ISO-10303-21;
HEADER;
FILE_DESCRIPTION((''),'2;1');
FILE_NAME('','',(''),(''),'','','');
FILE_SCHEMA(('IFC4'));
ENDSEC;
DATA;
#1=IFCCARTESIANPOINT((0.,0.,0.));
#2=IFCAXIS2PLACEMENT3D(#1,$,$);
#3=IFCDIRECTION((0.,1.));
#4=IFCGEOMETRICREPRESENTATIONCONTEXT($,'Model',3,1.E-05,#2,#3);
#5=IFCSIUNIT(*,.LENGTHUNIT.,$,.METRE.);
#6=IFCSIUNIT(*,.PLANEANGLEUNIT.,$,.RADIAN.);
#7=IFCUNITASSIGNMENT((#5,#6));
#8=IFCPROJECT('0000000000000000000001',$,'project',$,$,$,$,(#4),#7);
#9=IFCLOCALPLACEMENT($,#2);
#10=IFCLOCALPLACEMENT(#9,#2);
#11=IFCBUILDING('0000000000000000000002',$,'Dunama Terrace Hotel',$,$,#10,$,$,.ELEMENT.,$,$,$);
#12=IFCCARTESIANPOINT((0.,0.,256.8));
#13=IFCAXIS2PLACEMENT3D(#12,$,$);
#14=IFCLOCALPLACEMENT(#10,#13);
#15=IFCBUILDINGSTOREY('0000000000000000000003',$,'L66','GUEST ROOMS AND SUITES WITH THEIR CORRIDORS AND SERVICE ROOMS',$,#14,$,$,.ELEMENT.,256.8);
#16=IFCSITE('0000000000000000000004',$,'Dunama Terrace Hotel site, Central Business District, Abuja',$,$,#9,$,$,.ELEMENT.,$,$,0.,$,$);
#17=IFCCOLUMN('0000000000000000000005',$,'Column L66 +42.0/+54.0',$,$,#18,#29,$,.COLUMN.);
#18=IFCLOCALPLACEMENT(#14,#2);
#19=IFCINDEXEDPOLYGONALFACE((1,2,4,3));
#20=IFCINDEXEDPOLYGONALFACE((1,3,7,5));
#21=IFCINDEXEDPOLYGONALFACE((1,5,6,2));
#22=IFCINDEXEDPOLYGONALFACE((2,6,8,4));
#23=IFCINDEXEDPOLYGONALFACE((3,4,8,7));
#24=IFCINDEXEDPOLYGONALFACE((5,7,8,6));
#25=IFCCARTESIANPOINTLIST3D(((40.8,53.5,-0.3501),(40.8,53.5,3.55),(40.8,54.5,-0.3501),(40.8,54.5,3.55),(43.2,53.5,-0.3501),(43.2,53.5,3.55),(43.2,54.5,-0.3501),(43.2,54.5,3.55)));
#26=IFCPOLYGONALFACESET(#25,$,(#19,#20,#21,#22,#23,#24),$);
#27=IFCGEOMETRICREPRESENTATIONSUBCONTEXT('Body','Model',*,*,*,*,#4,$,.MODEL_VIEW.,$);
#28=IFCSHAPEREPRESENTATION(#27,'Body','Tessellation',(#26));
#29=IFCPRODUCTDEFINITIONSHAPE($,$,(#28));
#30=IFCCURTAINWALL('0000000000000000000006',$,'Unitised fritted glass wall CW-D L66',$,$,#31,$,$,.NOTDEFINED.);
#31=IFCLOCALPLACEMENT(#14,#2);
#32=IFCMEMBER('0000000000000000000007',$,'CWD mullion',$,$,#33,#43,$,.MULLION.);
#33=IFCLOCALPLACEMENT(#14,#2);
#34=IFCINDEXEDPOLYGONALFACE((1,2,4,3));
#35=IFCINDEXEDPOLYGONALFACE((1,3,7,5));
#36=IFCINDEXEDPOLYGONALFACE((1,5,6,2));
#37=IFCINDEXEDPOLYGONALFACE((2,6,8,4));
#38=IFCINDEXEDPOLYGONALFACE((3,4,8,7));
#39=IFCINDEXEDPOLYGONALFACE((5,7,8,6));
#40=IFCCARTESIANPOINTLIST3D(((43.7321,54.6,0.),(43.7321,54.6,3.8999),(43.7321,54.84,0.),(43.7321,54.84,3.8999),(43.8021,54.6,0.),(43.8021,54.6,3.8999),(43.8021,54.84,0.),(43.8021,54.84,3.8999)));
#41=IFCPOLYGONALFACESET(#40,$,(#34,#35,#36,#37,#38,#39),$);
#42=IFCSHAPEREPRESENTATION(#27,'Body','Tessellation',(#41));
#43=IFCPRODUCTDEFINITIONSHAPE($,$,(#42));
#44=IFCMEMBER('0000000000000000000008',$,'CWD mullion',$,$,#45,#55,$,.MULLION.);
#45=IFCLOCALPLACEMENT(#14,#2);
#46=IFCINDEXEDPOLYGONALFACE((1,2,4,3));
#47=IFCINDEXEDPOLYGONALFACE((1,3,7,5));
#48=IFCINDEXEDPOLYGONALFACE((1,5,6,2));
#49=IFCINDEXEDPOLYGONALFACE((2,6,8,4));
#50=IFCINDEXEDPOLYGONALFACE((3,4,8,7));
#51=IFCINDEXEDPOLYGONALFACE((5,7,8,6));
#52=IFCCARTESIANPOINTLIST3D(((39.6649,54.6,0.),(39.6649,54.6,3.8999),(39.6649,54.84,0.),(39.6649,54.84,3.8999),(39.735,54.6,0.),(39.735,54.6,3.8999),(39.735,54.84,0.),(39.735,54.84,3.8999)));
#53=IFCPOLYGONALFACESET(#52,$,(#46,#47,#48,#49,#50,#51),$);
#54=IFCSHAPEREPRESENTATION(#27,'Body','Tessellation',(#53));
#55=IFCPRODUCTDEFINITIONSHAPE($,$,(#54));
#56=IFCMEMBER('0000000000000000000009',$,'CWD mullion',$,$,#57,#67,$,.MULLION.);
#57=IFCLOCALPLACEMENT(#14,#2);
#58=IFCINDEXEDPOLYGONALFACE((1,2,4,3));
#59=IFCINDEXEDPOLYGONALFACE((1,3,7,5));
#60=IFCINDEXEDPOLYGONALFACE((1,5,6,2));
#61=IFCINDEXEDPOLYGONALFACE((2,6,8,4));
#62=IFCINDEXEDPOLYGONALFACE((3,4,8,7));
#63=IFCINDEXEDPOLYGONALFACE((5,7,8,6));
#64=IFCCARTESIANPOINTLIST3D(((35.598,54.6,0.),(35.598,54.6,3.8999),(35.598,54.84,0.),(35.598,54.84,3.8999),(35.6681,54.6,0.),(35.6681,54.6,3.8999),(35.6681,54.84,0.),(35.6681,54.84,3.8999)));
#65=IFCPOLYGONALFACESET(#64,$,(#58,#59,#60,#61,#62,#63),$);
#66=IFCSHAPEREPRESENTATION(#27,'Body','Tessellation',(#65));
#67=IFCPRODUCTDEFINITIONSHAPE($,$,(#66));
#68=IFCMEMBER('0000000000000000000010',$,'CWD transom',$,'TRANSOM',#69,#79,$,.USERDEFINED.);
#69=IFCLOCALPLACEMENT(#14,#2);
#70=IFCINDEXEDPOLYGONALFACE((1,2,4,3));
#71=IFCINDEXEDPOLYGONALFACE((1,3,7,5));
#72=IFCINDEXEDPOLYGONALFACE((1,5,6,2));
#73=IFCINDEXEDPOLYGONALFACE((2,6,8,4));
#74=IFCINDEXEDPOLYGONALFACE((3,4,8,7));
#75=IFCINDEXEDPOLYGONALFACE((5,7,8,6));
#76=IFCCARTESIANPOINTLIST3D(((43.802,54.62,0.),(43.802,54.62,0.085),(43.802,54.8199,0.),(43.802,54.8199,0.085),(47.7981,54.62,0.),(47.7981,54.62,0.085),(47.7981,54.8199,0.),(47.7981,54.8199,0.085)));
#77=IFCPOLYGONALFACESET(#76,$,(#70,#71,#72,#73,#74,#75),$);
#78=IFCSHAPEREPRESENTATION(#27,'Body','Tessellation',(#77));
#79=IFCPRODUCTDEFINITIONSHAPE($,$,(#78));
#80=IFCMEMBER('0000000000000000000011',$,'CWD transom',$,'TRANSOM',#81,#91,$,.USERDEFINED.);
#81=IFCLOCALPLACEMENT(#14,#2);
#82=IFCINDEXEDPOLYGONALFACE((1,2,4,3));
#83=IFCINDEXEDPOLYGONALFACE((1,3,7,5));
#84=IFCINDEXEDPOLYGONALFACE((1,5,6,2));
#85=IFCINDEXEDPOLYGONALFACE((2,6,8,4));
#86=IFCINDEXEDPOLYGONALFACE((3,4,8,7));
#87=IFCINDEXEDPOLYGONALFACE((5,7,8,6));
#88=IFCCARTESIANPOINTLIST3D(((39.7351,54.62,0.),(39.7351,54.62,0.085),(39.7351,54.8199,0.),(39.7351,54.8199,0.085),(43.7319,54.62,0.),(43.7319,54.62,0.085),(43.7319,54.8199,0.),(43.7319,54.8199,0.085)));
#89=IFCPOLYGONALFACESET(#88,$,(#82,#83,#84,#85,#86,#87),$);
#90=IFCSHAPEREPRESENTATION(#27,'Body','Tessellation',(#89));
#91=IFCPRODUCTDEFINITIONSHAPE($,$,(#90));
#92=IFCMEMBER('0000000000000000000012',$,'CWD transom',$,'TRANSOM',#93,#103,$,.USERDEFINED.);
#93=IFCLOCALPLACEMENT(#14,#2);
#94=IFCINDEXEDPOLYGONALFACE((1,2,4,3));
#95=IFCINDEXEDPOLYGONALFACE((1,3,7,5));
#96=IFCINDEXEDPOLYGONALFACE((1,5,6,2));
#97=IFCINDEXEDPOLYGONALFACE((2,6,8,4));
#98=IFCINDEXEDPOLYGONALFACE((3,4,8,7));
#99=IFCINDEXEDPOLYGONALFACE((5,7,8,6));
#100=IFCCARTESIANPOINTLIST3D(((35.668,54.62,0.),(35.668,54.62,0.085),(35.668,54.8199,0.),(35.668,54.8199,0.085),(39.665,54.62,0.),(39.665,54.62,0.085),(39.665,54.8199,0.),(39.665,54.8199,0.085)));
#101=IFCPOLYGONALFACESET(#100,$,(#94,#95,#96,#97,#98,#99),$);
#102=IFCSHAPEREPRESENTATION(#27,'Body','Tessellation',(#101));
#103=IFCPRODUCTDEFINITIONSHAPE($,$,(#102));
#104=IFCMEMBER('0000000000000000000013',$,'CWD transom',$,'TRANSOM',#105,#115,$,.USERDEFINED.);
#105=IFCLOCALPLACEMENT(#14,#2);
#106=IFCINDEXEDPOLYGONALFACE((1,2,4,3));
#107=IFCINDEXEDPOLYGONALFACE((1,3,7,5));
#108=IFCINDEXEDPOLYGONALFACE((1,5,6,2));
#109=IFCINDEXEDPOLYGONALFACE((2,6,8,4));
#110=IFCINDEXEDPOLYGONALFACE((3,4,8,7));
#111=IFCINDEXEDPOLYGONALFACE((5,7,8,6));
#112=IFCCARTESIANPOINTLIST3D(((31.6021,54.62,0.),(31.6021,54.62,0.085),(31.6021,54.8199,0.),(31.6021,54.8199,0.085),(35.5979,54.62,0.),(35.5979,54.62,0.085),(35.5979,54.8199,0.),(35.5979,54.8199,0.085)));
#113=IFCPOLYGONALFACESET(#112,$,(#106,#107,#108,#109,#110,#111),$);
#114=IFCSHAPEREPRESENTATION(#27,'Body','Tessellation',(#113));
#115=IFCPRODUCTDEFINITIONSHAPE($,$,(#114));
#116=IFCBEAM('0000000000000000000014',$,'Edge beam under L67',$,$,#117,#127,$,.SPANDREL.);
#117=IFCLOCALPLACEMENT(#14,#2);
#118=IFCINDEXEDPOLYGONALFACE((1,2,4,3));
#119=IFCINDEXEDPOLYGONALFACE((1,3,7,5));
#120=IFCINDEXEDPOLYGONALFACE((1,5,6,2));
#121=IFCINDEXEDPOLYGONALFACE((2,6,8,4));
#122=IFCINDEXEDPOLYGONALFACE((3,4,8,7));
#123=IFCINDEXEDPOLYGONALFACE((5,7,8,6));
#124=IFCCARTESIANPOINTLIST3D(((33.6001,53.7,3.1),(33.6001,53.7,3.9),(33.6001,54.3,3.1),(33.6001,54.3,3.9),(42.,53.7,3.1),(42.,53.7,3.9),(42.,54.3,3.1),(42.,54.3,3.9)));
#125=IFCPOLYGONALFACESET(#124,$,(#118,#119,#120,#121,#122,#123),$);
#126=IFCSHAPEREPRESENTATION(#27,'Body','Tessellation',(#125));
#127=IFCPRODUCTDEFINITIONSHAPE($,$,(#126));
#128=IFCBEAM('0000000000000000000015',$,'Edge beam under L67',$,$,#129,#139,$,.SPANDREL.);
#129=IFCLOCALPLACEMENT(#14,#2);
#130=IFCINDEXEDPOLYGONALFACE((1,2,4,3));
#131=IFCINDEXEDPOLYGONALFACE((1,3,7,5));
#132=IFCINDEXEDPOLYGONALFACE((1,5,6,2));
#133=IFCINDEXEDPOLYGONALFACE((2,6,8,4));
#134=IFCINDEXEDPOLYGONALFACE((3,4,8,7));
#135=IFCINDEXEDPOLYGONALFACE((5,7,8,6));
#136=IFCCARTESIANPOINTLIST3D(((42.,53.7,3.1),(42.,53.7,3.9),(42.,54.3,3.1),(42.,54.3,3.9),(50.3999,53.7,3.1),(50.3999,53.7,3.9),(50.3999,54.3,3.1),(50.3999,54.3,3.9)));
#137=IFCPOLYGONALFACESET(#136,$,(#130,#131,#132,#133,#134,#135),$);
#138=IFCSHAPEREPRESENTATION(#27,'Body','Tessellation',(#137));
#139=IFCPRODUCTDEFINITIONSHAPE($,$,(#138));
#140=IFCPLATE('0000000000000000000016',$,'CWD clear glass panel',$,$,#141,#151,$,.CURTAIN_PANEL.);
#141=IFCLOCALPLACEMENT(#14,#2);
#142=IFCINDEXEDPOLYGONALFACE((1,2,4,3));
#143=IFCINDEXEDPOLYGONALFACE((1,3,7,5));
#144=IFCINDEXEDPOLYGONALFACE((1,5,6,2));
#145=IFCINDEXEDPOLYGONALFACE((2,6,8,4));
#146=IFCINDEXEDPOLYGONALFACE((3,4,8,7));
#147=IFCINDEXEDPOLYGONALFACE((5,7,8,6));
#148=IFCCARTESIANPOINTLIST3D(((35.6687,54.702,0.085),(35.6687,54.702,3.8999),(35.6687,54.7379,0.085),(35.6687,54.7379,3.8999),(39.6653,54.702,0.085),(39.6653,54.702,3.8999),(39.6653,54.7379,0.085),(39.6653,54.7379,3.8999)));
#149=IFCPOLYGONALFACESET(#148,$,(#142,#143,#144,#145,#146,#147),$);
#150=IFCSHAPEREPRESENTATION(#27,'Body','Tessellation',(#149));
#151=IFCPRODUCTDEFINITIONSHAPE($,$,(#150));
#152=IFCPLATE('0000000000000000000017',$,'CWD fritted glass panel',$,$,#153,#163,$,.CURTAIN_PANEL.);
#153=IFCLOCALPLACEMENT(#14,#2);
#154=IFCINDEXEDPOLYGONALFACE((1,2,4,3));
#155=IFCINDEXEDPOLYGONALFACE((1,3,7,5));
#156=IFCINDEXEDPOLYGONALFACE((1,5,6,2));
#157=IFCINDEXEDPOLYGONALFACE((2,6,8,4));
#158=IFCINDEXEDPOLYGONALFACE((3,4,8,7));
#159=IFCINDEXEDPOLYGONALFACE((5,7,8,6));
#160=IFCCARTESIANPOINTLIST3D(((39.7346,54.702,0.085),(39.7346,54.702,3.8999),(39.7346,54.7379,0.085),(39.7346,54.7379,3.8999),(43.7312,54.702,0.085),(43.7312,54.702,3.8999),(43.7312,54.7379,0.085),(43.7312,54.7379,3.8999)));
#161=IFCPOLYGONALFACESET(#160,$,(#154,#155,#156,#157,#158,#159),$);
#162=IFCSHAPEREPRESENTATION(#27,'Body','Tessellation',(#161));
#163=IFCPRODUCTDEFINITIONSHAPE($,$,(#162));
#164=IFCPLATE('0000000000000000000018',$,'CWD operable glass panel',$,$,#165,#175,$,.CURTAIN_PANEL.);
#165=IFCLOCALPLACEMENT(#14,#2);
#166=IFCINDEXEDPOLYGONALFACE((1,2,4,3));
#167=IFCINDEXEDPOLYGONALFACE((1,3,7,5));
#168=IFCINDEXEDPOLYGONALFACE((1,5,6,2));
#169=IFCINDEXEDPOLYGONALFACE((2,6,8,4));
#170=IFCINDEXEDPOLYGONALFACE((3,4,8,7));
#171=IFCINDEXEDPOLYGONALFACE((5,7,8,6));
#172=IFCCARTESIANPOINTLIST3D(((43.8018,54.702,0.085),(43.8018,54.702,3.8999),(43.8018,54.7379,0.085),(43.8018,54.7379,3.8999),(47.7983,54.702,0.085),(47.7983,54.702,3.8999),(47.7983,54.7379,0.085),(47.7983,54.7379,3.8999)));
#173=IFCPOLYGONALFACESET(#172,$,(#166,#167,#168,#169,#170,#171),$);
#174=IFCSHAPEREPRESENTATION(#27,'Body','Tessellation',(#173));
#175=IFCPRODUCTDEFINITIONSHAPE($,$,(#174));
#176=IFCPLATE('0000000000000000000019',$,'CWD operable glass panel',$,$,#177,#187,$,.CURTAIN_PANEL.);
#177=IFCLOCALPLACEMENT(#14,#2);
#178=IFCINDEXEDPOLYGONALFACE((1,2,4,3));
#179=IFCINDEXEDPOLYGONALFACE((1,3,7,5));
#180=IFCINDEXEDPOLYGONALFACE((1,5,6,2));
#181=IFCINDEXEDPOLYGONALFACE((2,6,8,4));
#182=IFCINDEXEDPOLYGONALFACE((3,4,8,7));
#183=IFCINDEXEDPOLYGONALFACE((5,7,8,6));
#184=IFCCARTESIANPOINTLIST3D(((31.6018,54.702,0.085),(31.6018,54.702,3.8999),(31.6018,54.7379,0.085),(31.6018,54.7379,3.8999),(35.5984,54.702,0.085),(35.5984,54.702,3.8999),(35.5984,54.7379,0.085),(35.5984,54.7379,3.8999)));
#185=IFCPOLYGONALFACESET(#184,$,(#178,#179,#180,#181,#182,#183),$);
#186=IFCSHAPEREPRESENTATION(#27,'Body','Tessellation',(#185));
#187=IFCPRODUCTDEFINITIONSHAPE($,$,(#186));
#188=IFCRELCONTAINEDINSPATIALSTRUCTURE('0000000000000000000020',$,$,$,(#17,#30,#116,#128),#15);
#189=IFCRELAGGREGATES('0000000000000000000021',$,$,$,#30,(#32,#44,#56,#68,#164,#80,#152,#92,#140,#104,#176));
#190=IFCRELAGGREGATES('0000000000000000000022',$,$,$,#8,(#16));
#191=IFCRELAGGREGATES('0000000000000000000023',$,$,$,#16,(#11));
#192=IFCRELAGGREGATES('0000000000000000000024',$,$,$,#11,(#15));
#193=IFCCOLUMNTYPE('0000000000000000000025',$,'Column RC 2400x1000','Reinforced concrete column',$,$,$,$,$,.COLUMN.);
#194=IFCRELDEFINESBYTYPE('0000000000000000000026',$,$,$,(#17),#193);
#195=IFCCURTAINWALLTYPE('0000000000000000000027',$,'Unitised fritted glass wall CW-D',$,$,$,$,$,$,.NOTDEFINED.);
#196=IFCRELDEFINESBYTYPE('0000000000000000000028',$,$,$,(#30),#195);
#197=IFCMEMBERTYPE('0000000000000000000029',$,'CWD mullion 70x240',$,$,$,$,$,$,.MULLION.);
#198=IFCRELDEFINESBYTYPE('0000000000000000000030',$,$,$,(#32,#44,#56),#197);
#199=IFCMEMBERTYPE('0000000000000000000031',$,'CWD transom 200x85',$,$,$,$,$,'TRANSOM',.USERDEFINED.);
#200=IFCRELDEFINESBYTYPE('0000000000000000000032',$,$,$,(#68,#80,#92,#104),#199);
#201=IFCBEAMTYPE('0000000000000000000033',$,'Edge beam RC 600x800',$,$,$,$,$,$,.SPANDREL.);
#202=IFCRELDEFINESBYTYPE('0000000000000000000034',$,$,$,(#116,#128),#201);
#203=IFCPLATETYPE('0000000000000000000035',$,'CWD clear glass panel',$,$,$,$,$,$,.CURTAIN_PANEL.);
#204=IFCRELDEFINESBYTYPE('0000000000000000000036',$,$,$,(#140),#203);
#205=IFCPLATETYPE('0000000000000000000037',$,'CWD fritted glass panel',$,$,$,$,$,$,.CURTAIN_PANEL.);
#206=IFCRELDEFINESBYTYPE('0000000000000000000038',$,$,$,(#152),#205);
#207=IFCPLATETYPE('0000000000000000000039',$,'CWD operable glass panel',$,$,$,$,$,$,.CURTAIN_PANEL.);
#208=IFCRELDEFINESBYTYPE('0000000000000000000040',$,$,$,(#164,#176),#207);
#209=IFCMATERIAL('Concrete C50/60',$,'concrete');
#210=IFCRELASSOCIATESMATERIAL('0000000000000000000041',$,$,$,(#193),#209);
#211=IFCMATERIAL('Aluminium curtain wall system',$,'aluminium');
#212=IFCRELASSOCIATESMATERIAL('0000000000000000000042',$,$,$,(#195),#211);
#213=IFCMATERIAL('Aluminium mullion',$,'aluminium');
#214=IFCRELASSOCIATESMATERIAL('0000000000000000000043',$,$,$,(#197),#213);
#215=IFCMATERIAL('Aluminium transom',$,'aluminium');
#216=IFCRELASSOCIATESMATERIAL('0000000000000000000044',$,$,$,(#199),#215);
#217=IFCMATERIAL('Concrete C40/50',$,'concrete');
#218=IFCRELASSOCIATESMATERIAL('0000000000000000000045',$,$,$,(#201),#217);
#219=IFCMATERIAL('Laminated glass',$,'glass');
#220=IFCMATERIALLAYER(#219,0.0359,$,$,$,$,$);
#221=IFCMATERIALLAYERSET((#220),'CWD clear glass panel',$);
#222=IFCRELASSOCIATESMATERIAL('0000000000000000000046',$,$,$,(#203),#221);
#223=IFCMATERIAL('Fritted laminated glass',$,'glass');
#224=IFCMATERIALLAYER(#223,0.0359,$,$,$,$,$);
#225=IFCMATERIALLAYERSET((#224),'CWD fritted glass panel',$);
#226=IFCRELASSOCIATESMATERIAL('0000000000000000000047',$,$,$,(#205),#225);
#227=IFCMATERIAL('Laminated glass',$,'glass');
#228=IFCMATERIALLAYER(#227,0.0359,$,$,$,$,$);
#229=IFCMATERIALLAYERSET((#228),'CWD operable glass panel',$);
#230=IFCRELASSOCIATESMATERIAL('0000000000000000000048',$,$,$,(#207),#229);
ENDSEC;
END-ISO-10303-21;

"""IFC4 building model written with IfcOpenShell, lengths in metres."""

from ifc_helpers import new_model, si_unit, direction, frame, origin, origin_2d, place, context, subcontext, project, spatial, rectangle, extrude, material, layer, layer_set, material_profile, profile_set, type_object, element, aggregate, save


model = new_model("IFC4")

# Units and contexts
model_context = context("Model", 3, precision=1e-05, world=origin(), true_north=direction((0.0, 1.0)))
body_context = subcontext(model_context, "Body", "Model", "MODEL_VIEW")
ifc_project = project(units=[si_unit("LENGTHUNIT", "METRE"), si_unit("PLANEANGLEUNIT", "RADIAN")], contexts=[model_context])

# Site, building, storey
site_placement = place(None, origin())
site = spatial("IfcSite", under=ifc_project, at=site_placement, Name="Dunama Terrace Hotel site, Central Business District, Abuja", CompositionType="ELEMENT", RefElevation=0.0)
building_placement = place(site_placement, origin())
building = spatial("IfcBuilding", under=site, at=building_placement, Name="Dunama Terrace Hotel", CompositionType="ELEMENT")
storey_placement = place(building_placement, frame((0.0, 0.0, 256.8)))
storey = spatial("IfcBuildingStorey", under=building, at=storey_placement, Name="L66", Description="GUEST ROOMS AND SUITES WITH THEIR CORRIDORS AND SERVICE ROOMS", CompositionType="ELEMENT", Elevation=256.8)

# Column
ifc_material_1 = material(Name="Concrete C50/60", Category="concrete")
ifc_material_profile_1 = material_profile(ifc_material_1, rectangle(XDim=2.3999, YDim=1.0, at=origin_2d()), Name="RC 2400x1000")
ifc_profile_set_1 = profile_set([ifc_material_profile_1], Name="Concrete C50/60")
column_type = type_object("IfcColumnType", Name="Column RC 2400x1000", Description="Reinforced concrete column", PredefinedType="COLUMN", material=ifc_profile_set_1)
column_placement = place(storey_placement, frame((42.0, 54.0, -0.3501), z_axis=(0.0, 0.0, 1.0), x_axis=(1.0, 0.0, 0.0)))
element("IfcColumn", 1, at=column_placement, inside=storey, type_object=column_type, Name="Column L66 +42.0/+54.0", PredefinedType="COLUMN", context=body_context, shape_type="SweptSolid", body=[
    extrude(rectangle(XDim=2.3999, YDim=1.0, at=origin_2d()), origin(), (0.0, 0.0, 1.0), 3.9001),
])

# Curtain wall, members
ifc_material_2 = material(Name="Aluminium curtain wall system", Category="aluminium")
curtain_wall_type = type_object("IfcCurtainWallType", Name="Unitised fritted glass wall CW-D", PredefinedType="NOTDEFINED", material=ifc_material_2)
curtain_wall_placement = place(storey_placement, origin())
curtain_wall = element("IfcCurtainWall", 2, at=curtain_wall_placement, inside=storey, type_object=curtain_wall_type, Name="Unitised fritted glass wall CW-D L66", PredefinedType="NOTDEFINED")
ifc_material_3 = material(Name="Aluminium mullion", Category="aluminium")
ifc_material_profile_2 = material_profile(ifc_material_3, rectangle(XDim=0.0701, YDim=0.24, at=origin_2d()), Name="CWD MULLION 70X240")
ifc_profile_set_2 = profile_set([ifc_material_profile_2], Name="Aluminium mullion")
member_type_1 = type_object("IfcMemberType", Name="CWD mullion 70x240", PredefinedType="MULLION", material=ifc_profile_set_2)
member_1_placement = place(storey_placement, frame((43.7671, 54.72, 0.0), z_axis=(0.0, 0.0, 1.0), x_axis=(-1.0, 0.0, 0.0)))
member_1 = element("IfcMember", 3, at=member_1_placement, type_object=member_type_1, Name="CWD mullion", PredefinedType="MULLION", context=body_context, shape_type="SweptSolid", body=[
    extrude(rectangle(XDim=0.0701, YDim=0.24, at=origin_2d()), origin(), (0.0, 0.0, 1.0), 3.8999),
])
member_2_placement = place(storey_placement, frame((39.7, 54.72, 0.0), z_axis=(0.0, 0.0, 1.0), x_axis=(-1.0, 0.0, 0.0)))
member_2 = element("IfcMember", 4, at=member_2_placement, type_object=member_type_1, Name="CWD mullion", PredefinedType="MULLION", context=body_context, shape_type="SweptSolid", body=[
    extrude(rectangle(XDim=0.0701, YDim=0.24, at=origin_2d()), origin(), (0.0, 0.0, 1.0), 3.8999),
])
member_3_placement = place(storey_placement, frame((35.6331, 54.72, 0.0), z_axis=(0.0, 0.0, 1.0), x_axis=(-1.0, 0.0, 0.0)))
member_3 = element("IfcMember", 5, at=member_3_placement, type_object=member_type_1, Name="CWD mullion", PredefinedType="MULLION", context=body_context, shape_type="SweptSolid", body=[
    extrude(rectangle(XDim=0.0701, YDim=0.24, at=origin_2d()), origin(), (0.0, 0.0, 1.0), 3.8999),
])
ifc_material_4 = material(Name="Aluminium transom", Category="aluminium")
ifc_material_profile_3 = material_profile(ifc_material_4, rectangle(XDim=0.2, YDim=0.085, at=origin_2d()), Name="CWD TRANSOM 200X85")
ifc_profile_set_3 = profile_set([ifc_material_profile_3], Name="Aluminium transom")
member_type_2 = type_object("IfcMemberType", Name="CWD transom 200x85", ElementType="TRANSOM", PredefinedType="USERDEFINED", material=ifc_profile_set_3)
member_4_placement = place(storey_placement, frame((47.7981, 54.72, 0.0425), z_axis=(-1.0, 0.0, 0.0), x_axis=(0.0, -1.0, 0.0)))
member_4 = element("IfcMember", 6, at=member_4_placement, type_object=member_type_2, Name="CWD transom", ObjectType="TRANSOM", PredefinedType="USERDEFINED", context=body_context, shape_type="SweptSolid", body=[
    extrude(rectangle(XDim=0.2, YDim=0.085, at=origin_2d()), origin(), (0.0, 0.0, 1.0), 3.9961),
])
member_5_placement = place(storey_placement, frame((43.7319, 54.72, 0.0425), z_axis=(-1.0, 0.0, 0.0), x_axis=(0.0, -1.0, 0.0)))
member_5 = element("IfcMember", 7, at=member_5_placement, type_object=member_type_2, Name="CWD transom", ObjectType="TRANSOM", PredefinedType="USERDEFINED", context=body_context, shape_type="SweptSolid", body=[
    extrude(rectangle(XDim=0.2, YDim=0.085, at=origin_2d()), origin(), (0.0, 0.0, 1.0), 3.9968),
])
member_6_placement = place(storey_placement, frame((39.665, 54.72, 0.0425), z_axis=(-1.0, 0.0, 0.0), x_axis=(0.0, -1.0, 0.0)))
member_6 = element("IfcMember", 8, at=member_6_placement, type_object=member_type_2, Name="CWD transom", ObjectType="TRANSOM", PredefinedType="USERDEFINED", context=body_context, shape_type="SweptSolid", body=[
    extrude(rectangle(XDim=0.2, YDim=0.085, at=origin_2d()), origin(), (0.0, 0.0, 1.0), 3.9971),
])
member_7_placement = place(storey_placement, frame((35.5979, 54.72, 0.0425), z_axis=(-1.0, 0.0, 0.0), x_axis=(0.0, -1.0, 0.0)))
member_7 = element("IfcMember", 9, at=member_7_placement, type_object=member_type_2, Name="CWD transom", ObjectType="TRANSOM", PredefinedType="USERDEFINED", context=body_context, shape_type="SweptSolid", body=[
    extrude(rectangle(XDim=0.2, YDim=0.085, at=origin_2d()), origin(), (0.0, 0.0, 1.0), 3.9958),
])

# Beams
ifc_material_5 = material(Name="Concrete C40/50", Category="concrete")
ifc_material_profile_4 = material_profile(ifc_material_5, rectangle(XDim=0.6001, YDim=0.8, at=origin_2d()), Name="RC 600x800")
ifc_profile_set_4 = profile_set([ifc_material_profile_4], Name="Concrete C40/50")
beam_type = type_object("IfcBeamType", Name="Edge beam RC 600x800", PredefinedType="SPANDREL", material=ifc_profile_set_4)
for number, where, z_axis, x_axis, name in (
    (10, (33.6001, 54.0, 3.5), (1.0, 0.0, 0.0), (0.0, 1.0, 0.0), "Edge beam under L67"),
    (11, (42.0, 54.0, 3.5), (1.0, 0.0, 0.0), (0.0, 1.0, 0.0), "Edge beam under L67"),
):
    element("IfcBeam", number, at=place(storey_placement, frame(where, z_axis=z_axis, x_axis=x_axis)), inside=storey, type_object=beam_type, Name=name, PredefinedType="SPANDREL", context=body_context, shape_type="SweptSolid", body=[
        extrude(rectangle(XDim=0.6001, YDim=0.8, at=origin_2d()), origin(), (0.0, 0.0, 1.0), 8.3999),
    ])

# Plates
ifc_material_6 = material(Name="Laminated glass", Category="glass")
ifc_layer_1 = layer(ifc_material_6, 0.0359)
ifc_layer_set_1 = layer_set([ifc_layer_1], Name="CWD clear glass panel")
plate_type_1 = type_object("IfcPlateType", Name="CWD clear glass panel", PredefinedType="CURTAIN_PANEL", material=ifc_layer_set_1)
plate_1_placement = place(storey_placement, frame((37.667, 54.72, 0.085), z_axis=(0.0, 0.0, 1.0), x_axis=(-1.0, 0.0, 0.0)))
plate_1 = element("IfcPlate", 12, at=plate_1_placement, type_object=plate_type_1, Name="CWD clear glass panel", PredefinedType="CURTAIN_PANEL", context=body_context, shape_type="SweptSolid", body=[
    extrude(rectangle(XDim=3.9966, YDim=0.0359, at=origin_2d()), origin(), (0.0, 0.0, 1.0), 3.8149),
])
ifc_material_7 = material(Name="Fritted laminated glass", Category="glass")
ifc_layer_2 = layer(ifc_material_7, 0.0359)
ifc_layer_set_2 = layer_set([ifc_layer_2], Name="CWD fritted glass panel")
plate_type_2 = type_object("IfcPlateType", Name="CWD fritted glass panel", PredefinedType="CURTAIN_PANEL", material=ifc_layer_set_2)
plate_2_placement = place(storey_placement, frame((41.7329, 54.72, 0.085), z_axis=(0.0, 0.0, 1.0), x_axis=(-1.0, 0.0, 0.0)))
plate_2 = element("IfcPlate", 13, at=plate_2_placement, type_object=plate_type_2, Name="CWD fritted glass panel", PredefinedType="CURTAIN_PANEL", context=body_context, shape_type="SweptSolid", body=[
    extrude(rectangle(XDim=3.9966, YDim=0.0359, at=origin_2d()), origin(), (0.0, 0.0, 1.0), 3.8149),
])
ifc_material_8 = material(Name="Laminated glass", Category="glass")
ifc_layer_3 = layer(ifc_material_8, 0.0359)
ifc_layer_set_3 = layer_set([ifc_layer_3], Name="CWD operable glass panel")
plate_type_3 = type_object("IfcPlateType", Name="CWD operable glass panel", PredefinedType="CURTAIN_PANEL", material=ifc_layer_set_3)
plate_3_placement = place(storey_placement, frame((45.8, 54.72, 0.085), z_axis=(0.0, 0.0, 1.0), x_axis=(-1.0, 0.0, 0.0)))
plate_3 = element("IfcPlate", 14, at=plate_3_placement, type_object=plate_type_3, Name="CWD operable glass panel", PredefinedType="CURTAIN_PANEL", context=body_context, shape_type="SweptSolid", body=[
    extrude(rectangle(XDim=3.9966, YDim=0.0359, at=origin_2d()), origin(), (0.0, 0.0, 1.0), 3.8149),
])
plate_4_placement = place(storey_placement, frame((33.6001, 54.72, 0.085), z_axis=(0.0, 0.0, 1.0), x_axis=(-1.0, 0.0, 0.0)))
plate_4 = element("IfcPlate", 15, at=plate_4_placement, type_object=plate_type_3, Name="CWD operable glass panel", PredefinedType="CURTAIN_PANEL", context=body_context, shape_type="SweptSolid", body=[
    extrude(rectangle(XDim=3.9966, YDim=0.0359, at=origin_2d()), origin(), (0.0, 0.0, 1.0), 3.8149),
])
aggregate(curtain_wall, [member_1, member_2, member_3, member_4, plate_3, member_5, plate_2, member_6, plate_1, member_7, plate_4])

save(model, "model.ifc")
